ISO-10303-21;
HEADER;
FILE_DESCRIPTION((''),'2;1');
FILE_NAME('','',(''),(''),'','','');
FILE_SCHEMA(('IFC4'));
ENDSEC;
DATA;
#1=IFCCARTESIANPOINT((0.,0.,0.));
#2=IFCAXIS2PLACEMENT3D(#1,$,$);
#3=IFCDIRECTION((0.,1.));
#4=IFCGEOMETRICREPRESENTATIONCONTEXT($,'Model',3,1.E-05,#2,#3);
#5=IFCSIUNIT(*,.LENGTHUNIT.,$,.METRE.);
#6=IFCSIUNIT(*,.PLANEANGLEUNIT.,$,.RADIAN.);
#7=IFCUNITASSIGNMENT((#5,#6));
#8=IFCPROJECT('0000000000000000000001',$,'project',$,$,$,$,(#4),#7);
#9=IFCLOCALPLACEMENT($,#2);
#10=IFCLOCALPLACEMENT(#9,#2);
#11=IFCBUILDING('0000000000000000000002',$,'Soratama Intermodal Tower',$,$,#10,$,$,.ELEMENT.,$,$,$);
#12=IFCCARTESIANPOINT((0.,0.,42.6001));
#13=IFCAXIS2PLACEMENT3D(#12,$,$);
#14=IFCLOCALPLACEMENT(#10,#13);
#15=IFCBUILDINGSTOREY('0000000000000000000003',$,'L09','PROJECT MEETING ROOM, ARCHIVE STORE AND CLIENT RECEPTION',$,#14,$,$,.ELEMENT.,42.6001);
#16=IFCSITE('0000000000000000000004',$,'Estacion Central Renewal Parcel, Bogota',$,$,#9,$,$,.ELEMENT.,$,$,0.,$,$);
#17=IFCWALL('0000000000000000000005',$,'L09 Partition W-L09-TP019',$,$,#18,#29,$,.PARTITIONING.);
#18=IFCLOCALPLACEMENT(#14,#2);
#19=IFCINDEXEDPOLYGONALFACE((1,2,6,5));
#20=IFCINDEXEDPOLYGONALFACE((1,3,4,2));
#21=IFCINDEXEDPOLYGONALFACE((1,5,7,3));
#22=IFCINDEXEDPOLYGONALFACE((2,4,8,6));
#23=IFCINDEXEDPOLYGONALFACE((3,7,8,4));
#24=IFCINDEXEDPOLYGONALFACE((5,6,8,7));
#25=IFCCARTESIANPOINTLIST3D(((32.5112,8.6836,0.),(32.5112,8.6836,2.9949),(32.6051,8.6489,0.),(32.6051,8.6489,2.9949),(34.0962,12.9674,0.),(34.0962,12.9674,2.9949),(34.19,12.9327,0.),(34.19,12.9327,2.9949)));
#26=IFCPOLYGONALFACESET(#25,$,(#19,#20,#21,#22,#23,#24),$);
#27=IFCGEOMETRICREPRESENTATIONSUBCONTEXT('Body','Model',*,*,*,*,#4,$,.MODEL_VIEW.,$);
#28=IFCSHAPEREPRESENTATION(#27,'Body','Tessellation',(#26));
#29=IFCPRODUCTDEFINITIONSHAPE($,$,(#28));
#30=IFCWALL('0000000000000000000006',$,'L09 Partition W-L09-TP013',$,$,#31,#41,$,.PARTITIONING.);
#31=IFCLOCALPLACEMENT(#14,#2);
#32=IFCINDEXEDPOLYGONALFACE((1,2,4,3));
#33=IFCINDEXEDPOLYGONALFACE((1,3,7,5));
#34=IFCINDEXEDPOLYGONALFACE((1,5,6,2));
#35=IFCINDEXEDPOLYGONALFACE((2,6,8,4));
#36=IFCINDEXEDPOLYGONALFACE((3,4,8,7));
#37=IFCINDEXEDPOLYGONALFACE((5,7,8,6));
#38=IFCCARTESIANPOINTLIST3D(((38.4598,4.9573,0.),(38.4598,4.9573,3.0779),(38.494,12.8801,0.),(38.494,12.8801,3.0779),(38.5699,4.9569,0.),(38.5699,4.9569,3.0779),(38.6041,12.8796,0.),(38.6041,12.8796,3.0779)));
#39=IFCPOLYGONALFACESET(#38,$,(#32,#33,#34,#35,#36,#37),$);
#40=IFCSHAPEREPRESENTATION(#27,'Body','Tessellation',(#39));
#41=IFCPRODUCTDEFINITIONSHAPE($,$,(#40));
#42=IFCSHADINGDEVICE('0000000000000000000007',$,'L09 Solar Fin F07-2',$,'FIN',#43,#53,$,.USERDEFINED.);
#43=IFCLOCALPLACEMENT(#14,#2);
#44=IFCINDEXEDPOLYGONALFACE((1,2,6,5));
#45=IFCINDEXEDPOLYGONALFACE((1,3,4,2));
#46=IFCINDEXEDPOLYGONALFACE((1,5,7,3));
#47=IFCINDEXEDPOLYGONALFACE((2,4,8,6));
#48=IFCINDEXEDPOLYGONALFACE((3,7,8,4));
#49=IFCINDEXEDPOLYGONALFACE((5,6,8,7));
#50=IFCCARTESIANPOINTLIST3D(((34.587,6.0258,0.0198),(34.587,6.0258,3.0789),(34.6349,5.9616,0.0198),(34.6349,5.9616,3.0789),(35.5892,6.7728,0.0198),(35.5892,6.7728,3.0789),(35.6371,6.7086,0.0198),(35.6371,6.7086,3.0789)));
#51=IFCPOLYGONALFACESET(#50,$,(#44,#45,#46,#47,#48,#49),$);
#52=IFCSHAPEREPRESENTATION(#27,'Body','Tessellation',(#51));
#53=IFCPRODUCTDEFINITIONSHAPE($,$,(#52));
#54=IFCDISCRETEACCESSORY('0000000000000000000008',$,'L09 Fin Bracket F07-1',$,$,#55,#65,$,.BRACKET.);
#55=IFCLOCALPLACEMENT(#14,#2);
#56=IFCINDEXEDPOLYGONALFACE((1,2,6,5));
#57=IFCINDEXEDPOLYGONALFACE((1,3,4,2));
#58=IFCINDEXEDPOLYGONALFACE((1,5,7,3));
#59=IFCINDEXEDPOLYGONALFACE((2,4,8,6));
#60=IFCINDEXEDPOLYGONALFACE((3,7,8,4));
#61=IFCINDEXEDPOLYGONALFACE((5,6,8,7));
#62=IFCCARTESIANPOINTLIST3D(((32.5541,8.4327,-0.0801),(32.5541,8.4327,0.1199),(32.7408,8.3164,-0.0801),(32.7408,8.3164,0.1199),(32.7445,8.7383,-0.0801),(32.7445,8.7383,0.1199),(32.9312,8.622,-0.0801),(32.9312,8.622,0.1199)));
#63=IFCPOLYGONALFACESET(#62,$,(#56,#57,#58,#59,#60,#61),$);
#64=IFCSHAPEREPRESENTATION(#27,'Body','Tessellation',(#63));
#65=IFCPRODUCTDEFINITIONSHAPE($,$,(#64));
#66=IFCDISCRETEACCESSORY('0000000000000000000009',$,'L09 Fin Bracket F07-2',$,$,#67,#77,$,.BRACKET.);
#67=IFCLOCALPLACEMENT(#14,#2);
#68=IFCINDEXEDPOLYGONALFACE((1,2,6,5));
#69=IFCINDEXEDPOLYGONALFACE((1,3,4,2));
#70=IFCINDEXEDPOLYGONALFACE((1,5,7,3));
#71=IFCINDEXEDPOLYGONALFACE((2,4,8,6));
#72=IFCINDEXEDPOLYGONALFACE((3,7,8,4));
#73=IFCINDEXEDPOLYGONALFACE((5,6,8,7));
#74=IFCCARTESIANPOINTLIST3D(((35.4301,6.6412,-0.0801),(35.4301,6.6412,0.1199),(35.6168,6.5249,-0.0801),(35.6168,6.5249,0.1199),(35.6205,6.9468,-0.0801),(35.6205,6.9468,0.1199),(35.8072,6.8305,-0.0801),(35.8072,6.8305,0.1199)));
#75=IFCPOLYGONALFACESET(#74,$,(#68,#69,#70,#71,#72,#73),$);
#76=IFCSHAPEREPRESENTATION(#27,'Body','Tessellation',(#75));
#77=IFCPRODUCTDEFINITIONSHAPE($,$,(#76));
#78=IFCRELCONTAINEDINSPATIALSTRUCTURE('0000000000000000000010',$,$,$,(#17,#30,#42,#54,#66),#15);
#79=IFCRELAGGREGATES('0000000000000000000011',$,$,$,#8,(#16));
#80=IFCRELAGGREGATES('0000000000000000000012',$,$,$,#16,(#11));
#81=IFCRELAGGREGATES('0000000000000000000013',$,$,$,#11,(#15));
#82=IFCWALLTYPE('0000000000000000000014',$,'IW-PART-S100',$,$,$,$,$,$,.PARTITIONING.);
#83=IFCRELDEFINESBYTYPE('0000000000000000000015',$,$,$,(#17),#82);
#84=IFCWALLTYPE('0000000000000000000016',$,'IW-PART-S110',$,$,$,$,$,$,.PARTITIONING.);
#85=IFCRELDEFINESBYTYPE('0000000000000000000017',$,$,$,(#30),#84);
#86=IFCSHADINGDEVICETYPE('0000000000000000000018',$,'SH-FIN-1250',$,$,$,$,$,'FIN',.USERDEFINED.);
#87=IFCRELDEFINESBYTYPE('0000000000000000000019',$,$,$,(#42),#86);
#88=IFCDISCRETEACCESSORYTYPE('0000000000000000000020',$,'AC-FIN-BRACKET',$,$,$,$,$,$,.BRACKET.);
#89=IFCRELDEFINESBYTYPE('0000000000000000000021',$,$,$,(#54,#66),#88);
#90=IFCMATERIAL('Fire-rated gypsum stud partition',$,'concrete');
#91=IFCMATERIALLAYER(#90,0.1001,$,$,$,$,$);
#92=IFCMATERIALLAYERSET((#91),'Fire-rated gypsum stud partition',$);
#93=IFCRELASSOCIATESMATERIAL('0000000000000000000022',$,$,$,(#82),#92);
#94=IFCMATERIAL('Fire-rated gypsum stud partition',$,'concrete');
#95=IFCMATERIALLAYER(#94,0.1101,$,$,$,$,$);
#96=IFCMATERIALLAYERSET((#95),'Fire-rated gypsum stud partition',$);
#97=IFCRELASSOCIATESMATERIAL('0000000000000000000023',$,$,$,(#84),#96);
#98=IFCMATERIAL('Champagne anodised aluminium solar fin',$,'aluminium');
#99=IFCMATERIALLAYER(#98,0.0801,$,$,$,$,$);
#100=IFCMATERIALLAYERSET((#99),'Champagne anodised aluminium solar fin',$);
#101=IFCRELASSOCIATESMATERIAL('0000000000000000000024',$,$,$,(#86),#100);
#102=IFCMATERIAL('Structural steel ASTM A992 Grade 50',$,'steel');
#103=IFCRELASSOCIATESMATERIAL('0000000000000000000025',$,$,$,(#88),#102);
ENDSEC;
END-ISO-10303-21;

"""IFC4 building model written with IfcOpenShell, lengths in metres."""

from ifc_helpers import new_model, si_unit, direction, frame, frame_2d, origin, origin_2d, place, context, subcontext, project, spatial, rectangle, extrude, material, layer, layer_set, type_object, element, save


model = new_model("IFC4")

# Units and contexts
model_context = context("Model", 3, precision=1e-05, world=origin(), true_north=direction((0.0, 1.0)))
body_context = subcontext(model_context, "Body", "Model", "MODEL_VIEW")
ifc_project = project(units=[si_unit("LENGTHUNIT", "METRE"), si_unit("PLANEANGLEUNIT", "RADIAN")], contexts=[model_context])

# Site, building, storey
site_placement = place(None, origin())
site = spatial("IfcSite", under=ifc_project, at=site_placement, Name="Estacion Central Renewal Parcel, Bogota", CompositionType="ELEMENT", RefElevation=0.0)
building_placement = place(site_placement, origin())
building = spatial("IfcBuilding", under=site, at=building_placement, Name="Soratama Intermodal Tower", CompositionType="ELEMENT")
storey_placement = place(building_placement, frame((0.0, 0.0, 42.6001)))
storey = spatial("IfcBuildingStorey", under=building, at=storey_placement, Name="L09", Description="PROJECT MEETING ROOM, ARCHIVE STORE AND CLIENT RECEPTION", CompositionType="ELEMENT", Elevation=42.6001)

# Walls
ifc_material_1 = material(Name="Fire-rated gypsum stud partition", Category="concrete")
ifc_layer_1 = layer(ifc_material_1, 0.1001)
ifc_layer_set_1 = layer_set([ifc_layer_1], Name="Fire-rated gypsum stud partition")
wall_type_1 = type_object("IfcWallType", Name="IW-PART-S100", PredefinedType="PARTITIONING", material=ifc_layer_set_1)
wall_1_placement = place(storey_placement, frame((34.1431, 12.95, 0.0), z_axis=(0.0, 0.0, 1.0), x_axis=(-0.346991, -0.937869, 0.0)))
element("IfcWall", 1, at=wall_1_placement, inside=storey, type_object=wall_type_1, Name="L09 Partition W-L09-TP019", PredefinedType="PARTITIONING", context=body_context, shape_type="SweptSolid", body=[
    extrude(rectangle(XDim=4.5676, YDim=0.1001, at=frame_2d((2.2837, 0.0))), origin(), (0.0, 0.0, 1.0), 2.9949),
])
ifc_material_2 = material(Name="Fire-rated gypsum stud partition", Category="concrete")
ifc_layer_2 = layer(ifc_material_2, 0.1101)
ifc_layer_set_2 = layer_set([ifc_layer_2], Name="Fire-rated gypsum stud partition")
wall_type_2 = type_object("IfcWallType", Name="IW-PART-S110", PredefinedType="PARTITIONING", material=ifc_layer_set_2)
wall_2_placement = place(storey_placement, frame((38.5491, 12.8799, 0.0), z_axis=(0.0, 0.0, 1.0), x_axis=(-0.004314, -0.999991, 0.0)))
element("IfcWall", 2, at=wall_2_placement, inside=storey, type_object=wall_type_2, Name="L09 Partition W-L09-TP013", PredefinedType="PARTITIONING", context=body_context, shape_type="SweptSolid", body=[
    extrude(rectangle(XDim=7.9229, YDim=0.1101, at=frame_2d((3.9614, 0.0))), origin(), (0.0, 0.0, 1.0), 3.0779),
])

# Shading device
ifc_material_3 = material(Name="Champagne anodised aluminium solar fin", Category="aluminium")
ifc_layer_3 = layer(ifc_material_3, 0.0801)
ifc_layer_set_3 = layer_set([ifc_layer_3], Name="Champagne anodised aluminium solar fin")
shading_device_type = type_object("IfcShadingDeviceType", Name="SH-FIN-1250", ElementType="FIN", PredefinedType="USERDEFINED", material=ifc_layer_set_3)
shading_device_placement = place(storey_placement, frame((35.1121, 6.3672, 0.0198), z_axis=(0.0, 0.0, 1.0), x_axis=(-0.801776, -0.597625, 0.0)))
element("IfcShadingDevice", 3, at=shading_device_placement, inside=storey, type_object=shading_device_type, Name="L09 Solar Fin F07-2", ObjectType="FIN", PredefinedType="USERDEFINED", context=body_context, shape_type="SweptSolid", body=[
    extrude(rectangle(XDim=1.25, YDim=0.0801, at=origin_2d()), origin(), (0.0, 0.0, 1.0), 3.0591),
])

# Discrete accessories
ifc_material_4 = material(Name="Structural steel ASTM A992 Grade 50", Category="steel")
discrete_accessory_type = type_object("IfcDiscreteAccessoryType", Name="AC-FIN-BRACKET", PredefinedType="BRACKET", material=ifc_material_4)
for number, where, z_axis, x_axis, name in (
    (4, (32.7427, 8.5273, -0.0801), (0.0, 0.0, 1.0), (-0.528735, -0.848787, 0.0), "L09 Fin Bracket F07-1"),
    (5, (35.6187, 6.7358, -0.0801), (0.0, 0.0, 1.0), (-0.528735, -0.848787, 0.0), "L09 Fin Bracket F07-2"),
):
    element("IfcDiscreteAccessory", number, at=place(storey_placement, frame(where, z_axis=z_axis, x_axis=x_axis)), inside=storey, type_object=discrete_accessory_type, Name=name, PredefinedType="BRACKET", context=body_context, shape_type="SweptSolid", body=[
        extrude(rectangle(XDim=0.3601, YDim=0.22, at=origin_2d()), origin(), (0.0, 0.0, 1.0), 0.2),
    ])

save(model, "model.ifc")
